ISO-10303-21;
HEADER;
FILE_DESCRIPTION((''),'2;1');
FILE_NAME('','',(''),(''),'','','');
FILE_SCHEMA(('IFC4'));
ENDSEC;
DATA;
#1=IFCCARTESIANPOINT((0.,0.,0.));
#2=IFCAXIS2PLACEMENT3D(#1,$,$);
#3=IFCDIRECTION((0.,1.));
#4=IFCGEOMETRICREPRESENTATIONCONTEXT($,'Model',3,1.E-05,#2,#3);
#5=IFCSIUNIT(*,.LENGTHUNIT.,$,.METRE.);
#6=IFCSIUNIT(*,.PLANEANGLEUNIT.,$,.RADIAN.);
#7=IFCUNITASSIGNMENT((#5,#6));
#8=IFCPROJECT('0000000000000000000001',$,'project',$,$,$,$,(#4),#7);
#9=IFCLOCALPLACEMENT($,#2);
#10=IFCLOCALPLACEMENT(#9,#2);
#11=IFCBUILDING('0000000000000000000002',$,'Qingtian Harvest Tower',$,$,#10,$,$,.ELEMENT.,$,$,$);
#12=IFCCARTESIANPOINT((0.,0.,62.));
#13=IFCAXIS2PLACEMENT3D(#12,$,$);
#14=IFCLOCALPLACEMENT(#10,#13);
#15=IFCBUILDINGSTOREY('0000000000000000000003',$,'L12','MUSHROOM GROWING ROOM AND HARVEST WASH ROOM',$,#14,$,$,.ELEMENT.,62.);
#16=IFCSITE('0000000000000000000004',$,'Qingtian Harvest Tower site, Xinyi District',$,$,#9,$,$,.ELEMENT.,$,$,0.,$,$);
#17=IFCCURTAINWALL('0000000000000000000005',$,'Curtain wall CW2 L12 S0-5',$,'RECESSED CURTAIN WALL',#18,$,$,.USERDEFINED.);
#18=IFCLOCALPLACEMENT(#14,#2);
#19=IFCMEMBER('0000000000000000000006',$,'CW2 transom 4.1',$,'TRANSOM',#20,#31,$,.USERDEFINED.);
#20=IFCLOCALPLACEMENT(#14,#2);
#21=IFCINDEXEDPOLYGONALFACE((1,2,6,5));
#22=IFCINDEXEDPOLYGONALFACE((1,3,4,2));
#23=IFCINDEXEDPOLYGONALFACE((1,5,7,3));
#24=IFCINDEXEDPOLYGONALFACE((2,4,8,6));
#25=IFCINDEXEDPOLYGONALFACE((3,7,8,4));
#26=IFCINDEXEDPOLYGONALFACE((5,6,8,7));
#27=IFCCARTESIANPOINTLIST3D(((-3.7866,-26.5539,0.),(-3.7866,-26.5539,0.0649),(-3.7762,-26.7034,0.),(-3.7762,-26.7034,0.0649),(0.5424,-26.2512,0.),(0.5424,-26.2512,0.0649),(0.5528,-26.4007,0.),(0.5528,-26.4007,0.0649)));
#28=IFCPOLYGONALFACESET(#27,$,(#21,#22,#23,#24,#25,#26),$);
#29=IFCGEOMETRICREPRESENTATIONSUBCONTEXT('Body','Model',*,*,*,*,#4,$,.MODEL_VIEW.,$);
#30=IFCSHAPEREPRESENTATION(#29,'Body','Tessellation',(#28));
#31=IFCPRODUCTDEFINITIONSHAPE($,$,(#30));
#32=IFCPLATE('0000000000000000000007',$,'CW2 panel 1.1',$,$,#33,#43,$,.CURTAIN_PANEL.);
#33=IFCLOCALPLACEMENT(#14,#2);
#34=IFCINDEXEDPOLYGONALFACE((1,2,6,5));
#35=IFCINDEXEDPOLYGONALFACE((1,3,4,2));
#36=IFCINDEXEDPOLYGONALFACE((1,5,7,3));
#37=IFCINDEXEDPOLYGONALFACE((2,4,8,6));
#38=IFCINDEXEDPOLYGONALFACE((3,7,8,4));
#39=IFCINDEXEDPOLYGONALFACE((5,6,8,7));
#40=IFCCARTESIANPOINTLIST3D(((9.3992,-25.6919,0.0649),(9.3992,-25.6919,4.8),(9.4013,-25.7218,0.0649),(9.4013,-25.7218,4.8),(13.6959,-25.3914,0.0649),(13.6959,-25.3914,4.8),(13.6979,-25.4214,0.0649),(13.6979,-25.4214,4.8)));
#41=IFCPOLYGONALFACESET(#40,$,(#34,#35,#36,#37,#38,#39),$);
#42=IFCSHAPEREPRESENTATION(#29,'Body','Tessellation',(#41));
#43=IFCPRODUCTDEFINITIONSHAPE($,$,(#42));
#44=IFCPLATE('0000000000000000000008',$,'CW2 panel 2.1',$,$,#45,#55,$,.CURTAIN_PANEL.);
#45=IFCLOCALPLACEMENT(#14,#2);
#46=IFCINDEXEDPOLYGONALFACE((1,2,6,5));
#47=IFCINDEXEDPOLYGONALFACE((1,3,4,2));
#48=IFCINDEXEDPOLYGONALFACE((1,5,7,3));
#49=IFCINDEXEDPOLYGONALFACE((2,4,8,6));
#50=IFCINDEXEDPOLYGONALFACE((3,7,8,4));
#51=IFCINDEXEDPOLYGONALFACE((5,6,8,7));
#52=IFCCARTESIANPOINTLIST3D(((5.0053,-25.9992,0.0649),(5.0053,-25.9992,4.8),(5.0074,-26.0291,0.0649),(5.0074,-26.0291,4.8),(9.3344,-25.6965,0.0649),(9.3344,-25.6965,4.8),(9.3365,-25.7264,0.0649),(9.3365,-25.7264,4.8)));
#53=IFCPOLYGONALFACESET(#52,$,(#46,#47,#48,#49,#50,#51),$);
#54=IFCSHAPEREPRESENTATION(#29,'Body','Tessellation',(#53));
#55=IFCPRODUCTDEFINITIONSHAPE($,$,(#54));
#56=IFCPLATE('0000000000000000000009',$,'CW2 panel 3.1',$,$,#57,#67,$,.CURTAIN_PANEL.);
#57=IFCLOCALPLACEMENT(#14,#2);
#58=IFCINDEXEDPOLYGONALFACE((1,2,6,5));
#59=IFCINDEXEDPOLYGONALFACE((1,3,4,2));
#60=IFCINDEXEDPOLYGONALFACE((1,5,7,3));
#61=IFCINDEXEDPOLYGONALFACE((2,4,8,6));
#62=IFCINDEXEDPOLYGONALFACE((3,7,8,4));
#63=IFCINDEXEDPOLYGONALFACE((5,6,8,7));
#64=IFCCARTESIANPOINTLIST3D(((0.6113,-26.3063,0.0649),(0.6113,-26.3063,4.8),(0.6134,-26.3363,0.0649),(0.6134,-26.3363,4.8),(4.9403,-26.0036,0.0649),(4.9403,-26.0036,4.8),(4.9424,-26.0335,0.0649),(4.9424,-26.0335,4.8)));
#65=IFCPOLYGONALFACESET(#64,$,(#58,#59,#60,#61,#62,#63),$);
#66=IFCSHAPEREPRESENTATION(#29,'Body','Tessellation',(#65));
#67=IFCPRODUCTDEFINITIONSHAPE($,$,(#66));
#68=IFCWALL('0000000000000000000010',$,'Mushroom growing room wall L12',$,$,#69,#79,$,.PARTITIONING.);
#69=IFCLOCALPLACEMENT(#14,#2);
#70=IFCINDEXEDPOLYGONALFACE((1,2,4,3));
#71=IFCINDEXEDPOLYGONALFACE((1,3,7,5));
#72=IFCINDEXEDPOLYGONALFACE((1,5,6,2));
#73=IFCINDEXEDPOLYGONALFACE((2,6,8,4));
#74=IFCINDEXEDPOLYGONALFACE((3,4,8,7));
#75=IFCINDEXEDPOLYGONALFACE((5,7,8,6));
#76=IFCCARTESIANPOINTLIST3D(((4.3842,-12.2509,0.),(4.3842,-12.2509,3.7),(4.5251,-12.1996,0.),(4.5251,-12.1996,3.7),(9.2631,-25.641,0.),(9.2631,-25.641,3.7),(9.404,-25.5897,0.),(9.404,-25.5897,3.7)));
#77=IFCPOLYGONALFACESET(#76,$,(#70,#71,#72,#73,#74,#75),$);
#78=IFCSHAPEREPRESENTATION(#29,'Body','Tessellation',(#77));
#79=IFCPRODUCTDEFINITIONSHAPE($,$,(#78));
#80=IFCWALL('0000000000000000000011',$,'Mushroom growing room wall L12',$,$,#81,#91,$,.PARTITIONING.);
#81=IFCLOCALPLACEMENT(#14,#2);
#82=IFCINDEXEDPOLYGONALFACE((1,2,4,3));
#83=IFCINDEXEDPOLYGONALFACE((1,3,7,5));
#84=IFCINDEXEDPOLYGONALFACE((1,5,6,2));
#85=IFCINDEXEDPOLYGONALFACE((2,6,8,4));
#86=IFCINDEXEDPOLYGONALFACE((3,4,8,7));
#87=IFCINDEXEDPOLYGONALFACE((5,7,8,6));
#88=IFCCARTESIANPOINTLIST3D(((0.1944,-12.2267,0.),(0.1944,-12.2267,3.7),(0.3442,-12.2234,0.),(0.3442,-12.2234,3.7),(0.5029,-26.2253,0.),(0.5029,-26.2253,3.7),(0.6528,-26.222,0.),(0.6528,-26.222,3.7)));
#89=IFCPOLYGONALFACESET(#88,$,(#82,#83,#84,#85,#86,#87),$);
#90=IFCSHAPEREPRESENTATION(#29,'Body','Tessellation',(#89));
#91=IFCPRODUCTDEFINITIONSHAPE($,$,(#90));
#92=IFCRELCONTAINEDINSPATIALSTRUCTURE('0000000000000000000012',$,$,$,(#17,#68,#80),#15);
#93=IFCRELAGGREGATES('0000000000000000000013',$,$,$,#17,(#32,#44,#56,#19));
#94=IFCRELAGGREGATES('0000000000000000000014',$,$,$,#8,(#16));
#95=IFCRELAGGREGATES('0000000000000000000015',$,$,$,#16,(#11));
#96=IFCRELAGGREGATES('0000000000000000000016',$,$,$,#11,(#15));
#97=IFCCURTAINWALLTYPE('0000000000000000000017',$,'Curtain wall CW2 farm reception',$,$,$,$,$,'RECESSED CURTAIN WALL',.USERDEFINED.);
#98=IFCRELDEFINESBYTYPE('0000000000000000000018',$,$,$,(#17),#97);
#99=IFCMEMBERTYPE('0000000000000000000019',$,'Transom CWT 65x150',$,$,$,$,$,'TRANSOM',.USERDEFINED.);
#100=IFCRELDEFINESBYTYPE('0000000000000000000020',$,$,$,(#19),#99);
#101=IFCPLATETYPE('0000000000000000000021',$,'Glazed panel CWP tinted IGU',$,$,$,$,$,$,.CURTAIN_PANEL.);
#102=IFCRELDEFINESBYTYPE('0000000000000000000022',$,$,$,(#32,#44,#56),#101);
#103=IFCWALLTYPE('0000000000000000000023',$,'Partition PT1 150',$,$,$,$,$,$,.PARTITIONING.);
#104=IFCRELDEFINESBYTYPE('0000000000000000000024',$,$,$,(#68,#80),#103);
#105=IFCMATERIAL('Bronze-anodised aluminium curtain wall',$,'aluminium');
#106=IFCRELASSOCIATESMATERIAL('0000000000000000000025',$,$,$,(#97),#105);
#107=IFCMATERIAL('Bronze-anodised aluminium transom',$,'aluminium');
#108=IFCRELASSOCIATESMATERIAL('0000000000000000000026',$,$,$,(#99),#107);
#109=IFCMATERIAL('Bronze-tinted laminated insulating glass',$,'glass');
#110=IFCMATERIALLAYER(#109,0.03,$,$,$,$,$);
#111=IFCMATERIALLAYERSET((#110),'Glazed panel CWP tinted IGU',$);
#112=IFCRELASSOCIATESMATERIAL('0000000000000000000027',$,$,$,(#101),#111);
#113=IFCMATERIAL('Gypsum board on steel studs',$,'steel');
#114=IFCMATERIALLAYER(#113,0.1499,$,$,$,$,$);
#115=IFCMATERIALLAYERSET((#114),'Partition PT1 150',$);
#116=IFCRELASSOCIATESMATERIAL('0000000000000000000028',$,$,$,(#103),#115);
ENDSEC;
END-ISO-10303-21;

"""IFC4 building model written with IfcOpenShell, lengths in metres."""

from ifc_helpers import new_model, si_unit, direction, frame, frame_2d, origin, origin_2d, place, context, subcontext, project, spatial, rectangle, extrude, material, layer, layer_set, material_profile, profile_set, type_object, element, aggregate, save


model = new_model("IFC4")

# Units and contexts
model_context = context("Model", 3, precision=1e-05, world=origin(), true_north=direction((0.0, 1.0)))
body_context = subcontext(model_context, "Body", "Model", "MODEL_VIEW")
ifc_project = project(units=[si_unit("LENGTHUNIT", "METRE"), si_unit("PLANEANGLEUNIT", "RADIAN")], contexts=[model_context])

# Site, building, storey
site_placement = place(None, origin())
site = spatial("IfcSite", under=ifc_project, at=site_placement, Name="Qingtian Harvest Tower site, Xinyi District", CompositionType="ELEMENT", RefElevation=0.0)
building_placement = place(site_placement, origin())
building = spatial("IfcBuilding", under=site, at=building_placement, Name="Qingtian Harvest Tower", CompositionType="ELEMENT")
storey_placement = place(building_placement, frame((0.0, 0.0, 62.0)))
storey = spatial("IfcBuildingStorey", under=building, at=storey_placement, Name="L12", Description="MUSHROOM GROWING ROOM AND HARVEST WASH ROOM", CompositionType="ELEMENT", Elevation=62.0)

# Shared definitions
ifc_material_1 = material(Name="Bronze-anodised aluminium curtain wall", Category="aluminium")
curtain_wall_type = type_object("IfcCurtainWallType", Name="Curtain wall CW2 farm reception", ElementType="RECESSED CURTAIN WALL", PredefinedType="USERDEFINED", material=ifc_material_1)

# Curtain wall
curtain_wall_1_placement = place(storey_placement, origin())
curtain_wall_1 = element("IfcCurtainWall", 1, at=curtain_wall_1_placement, inside=storey, type_object=curtain_wall_type, Name="Curtain wall CW2 L12 S0-5", ObjectType="RECESSED CURTAIN WALL", PredefinedType="USERDEFINED")

# Member
ifc_material_2 = material(Name="Bronze-anodised aluminium transom", Category="aluminium")
ifc_material_profile_1 = material_profile(ifc_material_2, rectangle(XDim=0.1499, YDim=0.0649, at=origin_2d()), Name="AL 65x150")
ifc_profile_set_1 = profile_set([ifc_material_profile_1], Name="Bronze-anodised aluminium transom")
member_type_1 = type_object("IfcMemberType", Name="Transom CWT 65x150", ElementType="TRANSOM", PredefinedType="USERDEFINED", material=ifc_profile_set_1)
member_1_placement = place(storey_placement, frame((0.5476, -26.3259, 0.0325), z_axis=(-0.997564, -0.06976, 0.0), x_axis=(0.06976, -0.997564, 0.0)))
member_1 = element("IfcMember", 2, at=member_1_placement, type_object=member_type_1, Name="CW2 transom 4.1", ObjectType="TRANSOM", PredefinedType="USERDEFINED", context=body_context, shape_type="SweptSolid", body=[
    extrude(rectangle(XDim=0.1499, YDim=0.0649, at=origin_2d()), origin(), (0.0, 0.0, 1.0), 4.3396),
])

# Plates
ifc_material_3 = material(Name="Bronze-tinted laminated insulating glass", Category="glass")
ifc_layer_1 = layer(ifc_material_3, 0.03)
ifc_layer_set_1 = layer_set([ifc_layer_1], Name="Glazed panel CWP tinted IGU")
plate_type = type_object("IfcPlateType", Name="Glazed panel CWP tinted IGU", PredefinedType="CURTAIN_PANEL", material=ifc_layer_set_1)
plate_1_placement = place(storey_placement, frame((11.5486, -25.5566, 0.0649), z_axis=(0.0, 0.0, 1.0), x_axis=(-0.997564, -0.069756, 0.0)))
plate_1 = element("IfcPlate", 3, at=plate_1_placement, type_object=plate_type, Name="CW2 panel 1.1", PredefinedType="CURTAIN_PANEL", context=body_context, shape_type="SweptSolid", body=[
    extrude(rectangle(XDim=4.3071, YDim=0.03, at=origin_2d()), origin(), (0.0, 0.0, 1.0), 4.7351),
])
plate_2_placement = place(storey_placement, frame((7.1709, -25.8628, 0.0649), z_axis=(0.0, 0.0, 1.0), x_axis=(-0.997564, -0.069756, 0.0)))
plate_2 = element("IfcPlate", 4, at=plate_2_placement, type_object=plate_type, Name="CW2 panel 2.1", PredefinedType="CURTAIN_PANEL", context=body_context, shape_type="SweptSolid", body=[
    extrude(rectangle(XDim=4.3396, YDim=0.03, at=origin_2d()), origin(), (0.0, 0.0, 1.0), 4.7351),
])
plate_3_placement = place(storey_placement, frame((2.7769, -26.1699, 0.0649), z_axis=(0.0, 0.0, 1.0), x_axis=(-0.997564, -0.069756, 0.0)))
plate_3 = element("IfcPlate", 5, at=plate_3_placement, type_object=plate_type, Name="CW2 panel 3.1", PredefinedType="CURTAIN_PANEL", context=body_context, shape_type="SweptSolid", body=[
    extrude(rectangle(XDim=4.3396, YDim=0.03, at=origin_2d()), origin(), (0.0, 0.0, 1.0), 4.7351),
])
aggregate(curtain_wall_1, [plate_1, plate_2, plate_3, member_1])

# Walls
ifc_material_4 = material(Name="Gypsum board on steel studs", Category="steel")
ifc_layer_2 = layer(ifc_material_4, 0.1499)
ifc_layer_set_2 = layer_set([ifc_layer_2], Name="Partition PT1 150")
wall_type = type_object("IfcWallType", Name="Partition PT1 150", PredefinedType="PARTITIONING", material=ifc_layer_set_2)
wall_1_placement = place(storey_placement, frame((9.3335, -25.6152, 0.0), z_axis=(0.0, 0.0, 1.0), x_axis=(-0.342348, 0.939573, 0.0)))
element("IfcWall", 6, at=wall_1_placement, inside=storey, type_object=wall_type, Name="Mushroom growing room wall L12", PredefinedType="PARTITIONING", context=body_context, shape_type="SweptSolid", body=[
    extrude(rectangle(XDim=14.2512, YDim=0.1499, at=frame_2d((7.1255, 0.0))), origin(), (0.0, 0.0, 1.0), 3.7),
])
wall_2_placement = place(storey_placement, frame((0.5779, -26.2236, 0.0), z_axis=(0.0, 0.0, 1.0), x_axis=(-0.022039, 0.999757, 0.0)))
element("IfcWall", 7, at=wall_2_placement, inside=storey, type_object=wall_type, Name="Mushroom growing room wall L12", PredefinedType="PARTITIONING", context=body_context, shape_type="SweptSolid", body=[
    extrude(rectangle(XDim=14.002, YDim=0.1499, at=frame_2d((7.001, 0.0))), origin(), (0.0, 0.0, 1.0), 3.7),
])

save(model, "model.ifc")
